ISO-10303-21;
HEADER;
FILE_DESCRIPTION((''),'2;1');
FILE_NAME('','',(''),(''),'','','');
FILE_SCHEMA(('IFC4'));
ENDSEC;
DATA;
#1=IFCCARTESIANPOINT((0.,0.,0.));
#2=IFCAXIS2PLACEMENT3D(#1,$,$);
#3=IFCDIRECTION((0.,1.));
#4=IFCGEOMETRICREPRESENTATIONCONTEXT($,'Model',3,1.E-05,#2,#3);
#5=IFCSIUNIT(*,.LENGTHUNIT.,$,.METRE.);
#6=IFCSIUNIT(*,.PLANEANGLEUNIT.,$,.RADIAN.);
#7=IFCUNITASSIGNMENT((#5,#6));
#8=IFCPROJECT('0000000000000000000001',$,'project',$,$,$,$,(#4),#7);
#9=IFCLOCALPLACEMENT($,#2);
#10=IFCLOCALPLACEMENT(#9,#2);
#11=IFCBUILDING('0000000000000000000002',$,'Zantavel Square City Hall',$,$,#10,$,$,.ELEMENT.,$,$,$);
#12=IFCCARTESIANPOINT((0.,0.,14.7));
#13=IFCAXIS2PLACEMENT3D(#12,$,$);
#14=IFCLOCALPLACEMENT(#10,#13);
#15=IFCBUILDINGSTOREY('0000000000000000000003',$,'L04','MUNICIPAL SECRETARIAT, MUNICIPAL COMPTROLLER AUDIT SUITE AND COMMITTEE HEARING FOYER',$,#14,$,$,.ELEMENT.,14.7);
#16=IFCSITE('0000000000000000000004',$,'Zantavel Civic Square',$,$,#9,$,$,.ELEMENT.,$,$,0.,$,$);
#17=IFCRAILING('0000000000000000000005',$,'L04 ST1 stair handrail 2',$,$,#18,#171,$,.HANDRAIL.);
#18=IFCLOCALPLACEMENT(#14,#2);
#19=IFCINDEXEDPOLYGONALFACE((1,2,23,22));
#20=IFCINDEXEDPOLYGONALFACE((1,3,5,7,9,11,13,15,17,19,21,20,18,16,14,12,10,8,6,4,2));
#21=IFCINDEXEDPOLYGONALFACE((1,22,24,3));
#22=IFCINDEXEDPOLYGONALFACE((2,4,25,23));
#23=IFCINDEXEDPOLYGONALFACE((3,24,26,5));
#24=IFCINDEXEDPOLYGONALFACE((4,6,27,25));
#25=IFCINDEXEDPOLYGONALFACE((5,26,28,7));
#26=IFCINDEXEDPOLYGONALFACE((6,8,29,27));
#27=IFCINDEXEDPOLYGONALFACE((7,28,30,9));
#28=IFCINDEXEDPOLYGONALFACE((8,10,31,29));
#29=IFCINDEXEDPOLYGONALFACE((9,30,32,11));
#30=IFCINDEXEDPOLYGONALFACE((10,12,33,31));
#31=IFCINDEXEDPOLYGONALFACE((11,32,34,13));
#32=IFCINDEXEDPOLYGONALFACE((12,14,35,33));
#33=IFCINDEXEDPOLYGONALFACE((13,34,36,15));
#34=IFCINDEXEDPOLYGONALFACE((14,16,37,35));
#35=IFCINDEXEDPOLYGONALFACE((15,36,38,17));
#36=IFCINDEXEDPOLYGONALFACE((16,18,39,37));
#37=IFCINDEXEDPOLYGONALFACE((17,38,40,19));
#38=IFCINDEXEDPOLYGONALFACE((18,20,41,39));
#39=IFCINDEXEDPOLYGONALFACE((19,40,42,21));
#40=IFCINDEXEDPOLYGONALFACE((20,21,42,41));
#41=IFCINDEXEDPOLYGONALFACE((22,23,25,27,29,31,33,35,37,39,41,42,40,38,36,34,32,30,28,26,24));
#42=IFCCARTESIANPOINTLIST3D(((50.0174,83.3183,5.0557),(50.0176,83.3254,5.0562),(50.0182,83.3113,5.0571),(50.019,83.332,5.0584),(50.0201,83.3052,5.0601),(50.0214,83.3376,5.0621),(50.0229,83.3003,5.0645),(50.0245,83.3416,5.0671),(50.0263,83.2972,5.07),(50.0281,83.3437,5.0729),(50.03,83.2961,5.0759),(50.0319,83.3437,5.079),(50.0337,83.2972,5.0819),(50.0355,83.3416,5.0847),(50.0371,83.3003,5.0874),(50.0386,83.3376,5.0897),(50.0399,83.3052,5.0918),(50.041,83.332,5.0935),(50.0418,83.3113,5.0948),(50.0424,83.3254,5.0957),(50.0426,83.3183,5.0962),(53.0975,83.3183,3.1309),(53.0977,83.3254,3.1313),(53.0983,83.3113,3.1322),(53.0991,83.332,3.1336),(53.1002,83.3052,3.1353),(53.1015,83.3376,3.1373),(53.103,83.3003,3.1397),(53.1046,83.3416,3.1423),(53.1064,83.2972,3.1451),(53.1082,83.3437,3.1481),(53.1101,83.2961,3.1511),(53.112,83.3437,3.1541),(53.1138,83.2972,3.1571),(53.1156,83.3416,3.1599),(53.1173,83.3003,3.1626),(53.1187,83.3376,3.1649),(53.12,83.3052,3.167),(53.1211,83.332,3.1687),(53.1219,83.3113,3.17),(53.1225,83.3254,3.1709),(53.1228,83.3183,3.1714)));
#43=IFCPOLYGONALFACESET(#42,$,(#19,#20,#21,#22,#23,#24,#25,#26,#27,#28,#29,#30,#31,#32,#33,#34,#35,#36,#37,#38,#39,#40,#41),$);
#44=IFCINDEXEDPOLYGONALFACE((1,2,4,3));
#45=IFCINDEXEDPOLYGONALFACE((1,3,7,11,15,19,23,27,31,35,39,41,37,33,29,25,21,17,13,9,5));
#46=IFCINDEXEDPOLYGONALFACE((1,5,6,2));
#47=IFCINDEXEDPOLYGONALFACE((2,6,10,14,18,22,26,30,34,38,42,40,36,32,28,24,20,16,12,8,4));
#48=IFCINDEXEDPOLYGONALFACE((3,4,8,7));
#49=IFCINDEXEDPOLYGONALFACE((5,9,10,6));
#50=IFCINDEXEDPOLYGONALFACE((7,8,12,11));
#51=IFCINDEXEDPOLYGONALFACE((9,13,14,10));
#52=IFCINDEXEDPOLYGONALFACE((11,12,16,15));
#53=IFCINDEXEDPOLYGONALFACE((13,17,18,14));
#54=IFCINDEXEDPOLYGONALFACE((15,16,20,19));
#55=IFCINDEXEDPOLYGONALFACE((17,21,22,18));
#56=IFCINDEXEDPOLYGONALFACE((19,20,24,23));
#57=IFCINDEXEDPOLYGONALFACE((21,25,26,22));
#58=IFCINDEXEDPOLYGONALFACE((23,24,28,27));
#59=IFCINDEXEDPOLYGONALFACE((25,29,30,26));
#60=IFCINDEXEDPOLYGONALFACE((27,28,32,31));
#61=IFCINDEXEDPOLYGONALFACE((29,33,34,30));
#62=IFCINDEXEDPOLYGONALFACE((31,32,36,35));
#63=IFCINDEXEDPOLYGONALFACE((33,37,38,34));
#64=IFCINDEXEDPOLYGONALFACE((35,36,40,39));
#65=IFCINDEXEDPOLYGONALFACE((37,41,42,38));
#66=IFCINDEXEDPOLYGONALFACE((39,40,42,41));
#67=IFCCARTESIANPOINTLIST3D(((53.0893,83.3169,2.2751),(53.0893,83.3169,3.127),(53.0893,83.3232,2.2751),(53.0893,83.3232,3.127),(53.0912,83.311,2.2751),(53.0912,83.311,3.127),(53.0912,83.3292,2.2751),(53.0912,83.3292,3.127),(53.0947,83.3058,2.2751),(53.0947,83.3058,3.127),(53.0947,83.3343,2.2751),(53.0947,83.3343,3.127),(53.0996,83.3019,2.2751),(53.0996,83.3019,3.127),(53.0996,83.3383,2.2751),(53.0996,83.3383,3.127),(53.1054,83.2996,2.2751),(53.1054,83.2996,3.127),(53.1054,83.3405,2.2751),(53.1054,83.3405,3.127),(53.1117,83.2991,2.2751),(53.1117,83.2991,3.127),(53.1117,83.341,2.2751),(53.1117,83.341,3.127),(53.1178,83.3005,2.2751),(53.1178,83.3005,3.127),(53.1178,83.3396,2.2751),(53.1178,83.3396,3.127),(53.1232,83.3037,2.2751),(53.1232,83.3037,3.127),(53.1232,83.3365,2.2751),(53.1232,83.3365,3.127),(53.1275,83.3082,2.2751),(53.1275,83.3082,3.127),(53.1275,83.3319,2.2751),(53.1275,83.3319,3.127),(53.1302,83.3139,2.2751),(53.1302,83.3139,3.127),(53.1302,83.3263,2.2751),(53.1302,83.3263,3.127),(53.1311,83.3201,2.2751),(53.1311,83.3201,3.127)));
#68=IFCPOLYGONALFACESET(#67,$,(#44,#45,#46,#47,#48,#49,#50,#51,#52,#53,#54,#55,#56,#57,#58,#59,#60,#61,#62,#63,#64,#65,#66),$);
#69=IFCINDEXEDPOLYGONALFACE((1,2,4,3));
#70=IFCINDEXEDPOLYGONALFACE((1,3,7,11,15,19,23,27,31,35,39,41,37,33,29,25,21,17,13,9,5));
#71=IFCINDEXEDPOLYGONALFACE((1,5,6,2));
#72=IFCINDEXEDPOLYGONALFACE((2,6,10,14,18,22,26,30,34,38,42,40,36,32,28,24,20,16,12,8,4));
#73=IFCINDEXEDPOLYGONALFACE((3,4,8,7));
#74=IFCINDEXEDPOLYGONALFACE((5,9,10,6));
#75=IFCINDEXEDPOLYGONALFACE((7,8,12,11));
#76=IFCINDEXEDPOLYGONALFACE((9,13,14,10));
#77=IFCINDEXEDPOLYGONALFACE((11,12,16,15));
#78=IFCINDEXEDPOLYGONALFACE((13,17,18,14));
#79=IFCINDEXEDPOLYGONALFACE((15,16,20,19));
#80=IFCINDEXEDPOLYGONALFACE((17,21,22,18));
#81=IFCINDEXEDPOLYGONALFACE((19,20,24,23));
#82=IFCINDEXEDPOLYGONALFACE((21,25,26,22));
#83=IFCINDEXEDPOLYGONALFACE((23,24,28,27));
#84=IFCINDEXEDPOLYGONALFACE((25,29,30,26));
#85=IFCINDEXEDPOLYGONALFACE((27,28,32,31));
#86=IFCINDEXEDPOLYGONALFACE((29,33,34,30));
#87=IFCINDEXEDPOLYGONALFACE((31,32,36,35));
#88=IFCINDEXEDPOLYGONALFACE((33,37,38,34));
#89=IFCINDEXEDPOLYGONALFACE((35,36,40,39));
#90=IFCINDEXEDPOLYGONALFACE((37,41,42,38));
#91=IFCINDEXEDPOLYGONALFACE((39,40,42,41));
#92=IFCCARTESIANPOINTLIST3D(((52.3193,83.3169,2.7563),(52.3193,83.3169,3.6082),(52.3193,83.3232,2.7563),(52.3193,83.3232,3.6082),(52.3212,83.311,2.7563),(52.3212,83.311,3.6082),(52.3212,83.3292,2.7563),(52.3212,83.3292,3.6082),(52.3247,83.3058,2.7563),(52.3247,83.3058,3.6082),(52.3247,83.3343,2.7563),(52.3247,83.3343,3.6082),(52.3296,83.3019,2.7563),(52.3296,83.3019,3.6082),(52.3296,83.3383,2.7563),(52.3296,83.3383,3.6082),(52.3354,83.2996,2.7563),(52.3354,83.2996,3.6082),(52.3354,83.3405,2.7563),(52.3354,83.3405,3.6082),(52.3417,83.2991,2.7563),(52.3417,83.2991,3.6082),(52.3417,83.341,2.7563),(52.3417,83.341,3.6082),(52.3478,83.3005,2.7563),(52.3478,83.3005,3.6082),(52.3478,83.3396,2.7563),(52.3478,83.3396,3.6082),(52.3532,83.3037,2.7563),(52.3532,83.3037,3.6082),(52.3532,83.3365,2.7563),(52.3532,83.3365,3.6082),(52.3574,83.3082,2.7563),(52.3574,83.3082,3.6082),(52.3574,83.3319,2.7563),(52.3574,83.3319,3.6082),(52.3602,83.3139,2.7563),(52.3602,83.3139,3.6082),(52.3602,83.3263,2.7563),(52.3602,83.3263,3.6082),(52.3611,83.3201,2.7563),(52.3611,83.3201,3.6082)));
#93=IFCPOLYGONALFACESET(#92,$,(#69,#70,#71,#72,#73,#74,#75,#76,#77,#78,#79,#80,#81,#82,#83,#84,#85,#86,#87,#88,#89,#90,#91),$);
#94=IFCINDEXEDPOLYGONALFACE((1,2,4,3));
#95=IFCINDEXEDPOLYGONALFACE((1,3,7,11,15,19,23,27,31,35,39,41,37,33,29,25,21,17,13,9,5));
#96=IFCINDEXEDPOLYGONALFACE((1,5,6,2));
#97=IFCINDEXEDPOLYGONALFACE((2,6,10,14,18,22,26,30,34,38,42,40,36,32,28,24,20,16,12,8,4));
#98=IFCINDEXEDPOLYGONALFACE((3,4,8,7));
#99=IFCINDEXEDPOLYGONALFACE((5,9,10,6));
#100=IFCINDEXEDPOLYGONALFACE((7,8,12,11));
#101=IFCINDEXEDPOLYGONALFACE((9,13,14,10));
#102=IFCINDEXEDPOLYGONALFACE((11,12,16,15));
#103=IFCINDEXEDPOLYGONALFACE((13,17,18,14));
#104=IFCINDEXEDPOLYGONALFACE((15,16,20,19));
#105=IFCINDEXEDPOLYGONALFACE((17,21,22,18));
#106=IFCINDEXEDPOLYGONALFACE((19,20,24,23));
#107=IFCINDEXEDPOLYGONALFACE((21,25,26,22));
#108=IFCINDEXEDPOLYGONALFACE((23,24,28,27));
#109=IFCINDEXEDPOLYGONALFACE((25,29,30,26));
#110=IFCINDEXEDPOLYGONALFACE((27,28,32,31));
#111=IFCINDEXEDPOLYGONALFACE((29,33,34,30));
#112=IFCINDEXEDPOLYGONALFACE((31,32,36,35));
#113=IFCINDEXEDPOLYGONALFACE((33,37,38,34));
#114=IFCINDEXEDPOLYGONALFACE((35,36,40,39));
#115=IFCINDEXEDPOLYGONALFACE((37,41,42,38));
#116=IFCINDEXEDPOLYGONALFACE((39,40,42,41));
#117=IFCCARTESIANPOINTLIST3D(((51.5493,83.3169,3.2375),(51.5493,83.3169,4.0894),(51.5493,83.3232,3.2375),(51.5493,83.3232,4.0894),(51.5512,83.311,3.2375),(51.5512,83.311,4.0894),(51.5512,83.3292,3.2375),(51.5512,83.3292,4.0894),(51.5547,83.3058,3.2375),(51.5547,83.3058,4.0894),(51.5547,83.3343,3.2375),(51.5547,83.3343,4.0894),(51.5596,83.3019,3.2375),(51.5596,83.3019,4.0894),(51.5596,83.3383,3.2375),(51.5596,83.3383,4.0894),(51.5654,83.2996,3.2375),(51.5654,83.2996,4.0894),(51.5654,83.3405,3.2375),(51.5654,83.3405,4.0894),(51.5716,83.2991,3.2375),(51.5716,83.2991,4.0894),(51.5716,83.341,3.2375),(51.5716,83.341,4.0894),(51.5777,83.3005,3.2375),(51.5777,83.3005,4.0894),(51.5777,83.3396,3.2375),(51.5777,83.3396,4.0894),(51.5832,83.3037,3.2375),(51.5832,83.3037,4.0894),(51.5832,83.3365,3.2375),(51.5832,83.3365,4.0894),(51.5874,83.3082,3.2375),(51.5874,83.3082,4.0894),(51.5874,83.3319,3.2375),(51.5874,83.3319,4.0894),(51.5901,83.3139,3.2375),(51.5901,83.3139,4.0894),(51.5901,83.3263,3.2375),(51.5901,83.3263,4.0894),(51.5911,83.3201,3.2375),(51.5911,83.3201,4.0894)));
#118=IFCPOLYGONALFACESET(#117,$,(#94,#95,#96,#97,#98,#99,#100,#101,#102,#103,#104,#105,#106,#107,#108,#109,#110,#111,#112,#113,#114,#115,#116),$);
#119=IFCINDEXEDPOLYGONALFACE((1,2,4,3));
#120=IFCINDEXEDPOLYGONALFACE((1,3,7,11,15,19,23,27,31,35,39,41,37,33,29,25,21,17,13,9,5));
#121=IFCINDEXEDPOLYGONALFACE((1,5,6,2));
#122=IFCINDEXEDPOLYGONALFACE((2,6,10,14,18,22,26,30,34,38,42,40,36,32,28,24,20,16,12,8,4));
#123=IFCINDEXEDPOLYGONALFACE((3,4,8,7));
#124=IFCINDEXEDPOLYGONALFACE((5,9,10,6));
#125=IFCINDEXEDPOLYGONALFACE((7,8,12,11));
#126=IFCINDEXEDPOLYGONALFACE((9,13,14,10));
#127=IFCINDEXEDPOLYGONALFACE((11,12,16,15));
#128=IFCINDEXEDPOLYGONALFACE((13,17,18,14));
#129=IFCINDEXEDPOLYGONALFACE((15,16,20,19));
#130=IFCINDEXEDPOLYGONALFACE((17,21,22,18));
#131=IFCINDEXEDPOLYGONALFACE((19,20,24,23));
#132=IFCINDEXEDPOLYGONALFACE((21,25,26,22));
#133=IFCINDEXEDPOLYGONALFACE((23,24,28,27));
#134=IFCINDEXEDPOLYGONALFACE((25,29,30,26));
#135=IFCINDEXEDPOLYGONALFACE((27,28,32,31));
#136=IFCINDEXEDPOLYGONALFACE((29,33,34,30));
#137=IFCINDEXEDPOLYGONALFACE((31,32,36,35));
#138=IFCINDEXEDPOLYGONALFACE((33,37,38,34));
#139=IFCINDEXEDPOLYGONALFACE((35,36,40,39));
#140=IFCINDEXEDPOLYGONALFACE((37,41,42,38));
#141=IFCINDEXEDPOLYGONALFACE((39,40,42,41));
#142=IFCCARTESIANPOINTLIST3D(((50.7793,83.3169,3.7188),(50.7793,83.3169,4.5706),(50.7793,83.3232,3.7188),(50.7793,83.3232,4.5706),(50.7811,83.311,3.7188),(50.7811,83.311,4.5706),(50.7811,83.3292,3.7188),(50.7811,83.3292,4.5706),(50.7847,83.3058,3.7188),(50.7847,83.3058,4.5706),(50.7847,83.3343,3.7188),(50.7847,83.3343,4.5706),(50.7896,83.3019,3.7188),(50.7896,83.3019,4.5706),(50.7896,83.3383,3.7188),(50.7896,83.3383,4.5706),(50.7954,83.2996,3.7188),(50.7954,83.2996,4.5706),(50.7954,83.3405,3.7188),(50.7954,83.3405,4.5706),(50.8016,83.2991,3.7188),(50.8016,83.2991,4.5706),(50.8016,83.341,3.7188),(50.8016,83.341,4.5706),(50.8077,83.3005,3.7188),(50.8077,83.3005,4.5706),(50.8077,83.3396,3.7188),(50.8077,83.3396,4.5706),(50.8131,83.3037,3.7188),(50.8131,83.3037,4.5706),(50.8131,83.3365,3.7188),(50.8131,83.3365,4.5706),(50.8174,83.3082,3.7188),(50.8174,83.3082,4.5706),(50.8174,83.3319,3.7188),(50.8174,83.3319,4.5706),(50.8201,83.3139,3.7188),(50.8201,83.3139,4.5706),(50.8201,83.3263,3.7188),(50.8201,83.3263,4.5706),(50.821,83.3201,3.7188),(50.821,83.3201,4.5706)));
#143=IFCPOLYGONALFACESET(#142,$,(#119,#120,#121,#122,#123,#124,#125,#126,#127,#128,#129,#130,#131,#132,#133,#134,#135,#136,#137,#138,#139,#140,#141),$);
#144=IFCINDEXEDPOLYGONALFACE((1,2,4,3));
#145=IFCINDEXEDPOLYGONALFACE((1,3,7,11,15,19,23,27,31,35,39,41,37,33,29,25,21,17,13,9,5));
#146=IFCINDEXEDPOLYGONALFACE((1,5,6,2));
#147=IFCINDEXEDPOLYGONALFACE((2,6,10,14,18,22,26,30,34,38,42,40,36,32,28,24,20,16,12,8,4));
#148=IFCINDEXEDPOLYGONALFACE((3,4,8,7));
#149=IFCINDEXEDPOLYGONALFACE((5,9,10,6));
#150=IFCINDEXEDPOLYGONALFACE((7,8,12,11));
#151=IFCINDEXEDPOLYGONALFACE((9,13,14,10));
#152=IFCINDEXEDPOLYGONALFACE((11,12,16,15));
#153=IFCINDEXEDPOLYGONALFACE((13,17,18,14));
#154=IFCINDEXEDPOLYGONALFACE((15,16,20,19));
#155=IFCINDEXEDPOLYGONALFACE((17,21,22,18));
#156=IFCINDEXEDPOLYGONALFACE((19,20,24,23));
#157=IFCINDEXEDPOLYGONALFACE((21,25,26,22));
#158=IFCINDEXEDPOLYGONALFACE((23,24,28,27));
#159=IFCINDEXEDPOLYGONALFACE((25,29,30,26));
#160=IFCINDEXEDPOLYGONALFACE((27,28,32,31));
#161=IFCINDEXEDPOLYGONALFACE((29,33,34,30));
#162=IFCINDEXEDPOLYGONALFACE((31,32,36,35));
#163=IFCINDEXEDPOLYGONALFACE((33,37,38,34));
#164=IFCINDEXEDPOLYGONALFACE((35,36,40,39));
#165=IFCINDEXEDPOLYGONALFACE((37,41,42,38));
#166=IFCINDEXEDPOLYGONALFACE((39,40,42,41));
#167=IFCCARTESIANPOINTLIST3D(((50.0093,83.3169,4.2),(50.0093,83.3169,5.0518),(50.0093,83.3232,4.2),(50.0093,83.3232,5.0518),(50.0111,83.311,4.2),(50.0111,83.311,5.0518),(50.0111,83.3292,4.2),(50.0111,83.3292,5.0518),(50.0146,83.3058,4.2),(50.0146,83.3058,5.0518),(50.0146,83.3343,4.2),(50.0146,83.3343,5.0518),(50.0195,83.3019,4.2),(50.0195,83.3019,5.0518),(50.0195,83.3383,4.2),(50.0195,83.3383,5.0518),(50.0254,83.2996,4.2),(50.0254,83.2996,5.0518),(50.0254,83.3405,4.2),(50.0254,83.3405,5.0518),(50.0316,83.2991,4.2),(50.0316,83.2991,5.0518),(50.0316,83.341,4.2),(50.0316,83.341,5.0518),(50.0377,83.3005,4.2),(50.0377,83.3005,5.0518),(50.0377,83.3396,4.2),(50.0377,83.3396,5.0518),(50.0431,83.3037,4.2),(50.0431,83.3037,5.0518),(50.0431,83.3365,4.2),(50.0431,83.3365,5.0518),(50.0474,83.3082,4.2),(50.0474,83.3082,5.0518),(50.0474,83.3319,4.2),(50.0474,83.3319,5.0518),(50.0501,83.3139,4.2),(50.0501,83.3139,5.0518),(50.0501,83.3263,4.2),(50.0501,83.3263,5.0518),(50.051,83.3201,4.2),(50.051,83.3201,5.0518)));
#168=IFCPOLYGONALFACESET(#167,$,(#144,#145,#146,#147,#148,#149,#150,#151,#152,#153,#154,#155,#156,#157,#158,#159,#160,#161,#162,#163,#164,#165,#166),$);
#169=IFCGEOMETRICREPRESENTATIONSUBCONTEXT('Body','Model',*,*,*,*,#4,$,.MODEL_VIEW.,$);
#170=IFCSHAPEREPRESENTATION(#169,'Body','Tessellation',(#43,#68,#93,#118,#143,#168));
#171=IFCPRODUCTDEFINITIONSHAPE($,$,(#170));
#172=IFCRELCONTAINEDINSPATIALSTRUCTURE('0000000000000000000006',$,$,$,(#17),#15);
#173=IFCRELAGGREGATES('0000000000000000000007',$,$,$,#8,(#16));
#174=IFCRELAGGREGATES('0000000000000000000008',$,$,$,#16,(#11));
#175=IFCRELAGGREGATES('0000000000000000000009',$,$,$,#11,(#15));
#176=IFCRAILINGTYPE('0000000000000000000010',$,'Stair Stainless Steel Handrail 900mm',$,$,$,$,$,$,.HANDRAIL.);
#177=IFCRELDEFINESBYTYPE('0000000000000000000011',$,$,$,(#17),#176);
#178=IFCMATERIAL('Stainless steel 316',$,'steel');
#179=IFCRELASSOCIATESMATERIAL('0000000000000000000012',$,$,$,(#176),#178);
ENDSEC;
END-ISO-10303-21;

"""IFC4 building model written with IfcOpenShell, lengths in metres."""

from ifc_helpers import new_model, si_unit, direction, frame, origin, origin_2d, place, context, subcontext, project, spatial, circle, extrude, material, type_object, element, save


model = new_model("IFC4")

# Units and contexts
model_context = context("Model", 3, precision=1e-05, world=origin(), true_north=direction((0.0, 1.0)))
body_context = subcontext(model_context, "Body", "Model", "MODEL_VIEW")
ifc_project = project(units=[si_unit("LENGTHUNIT", "METRE"), si_unit("PLANEANGLEUNIT", "RADIAN")], contexts=[model_context])

# Site, building, storey
site_placement = place(None, origin())
site = spatial("IfcSite", under=ifc_project, at=site_placement, Name="Zantavel Civic Square", CompositionType="ELEMENT", RefElevation=0.0)
building_placement = place(site_placement, origin())
building = spatial("IfcBuilding", under=site, at=building_placement, Name="Zantavel Square City Hall", CompositionType="ELEMENT")
storey_placement = place(building_placement, frame((0.0, 0.0, 14.7)))
storey = spatial("IfcBuildingStorey", under=building, at=storey_placement, Name="L04", Description="MUNICIPAL SECRETARIAT, MUNICIPAL COMPTROLLER AUDIT SUITE AND COMMITTEE HEARING FOYER", CompositionType="ELEMENT", Elevation=14.7)

# Railing
ifc_material_1 = material(Name="Stainless steel 316", Category="steel")
railing_type_1 = type_object("IfcRailingType", Name="Stair Stainless Steel Handrail 900mm", PredefinedType="HANDRAIL", material=ifc_material_1)
railing_1_placement = place(storey_placement, frame((53.1101, 83.3201, 2.2751)))
element("IfcRailing", 1, at=railing_1_placement, inside=storey, type_object=railing_type_1, Name="L04 ST1 stair handrail 2", PredefinedType="HANDRAIL", context=body_context, shape_type="SweptSolid", body=[
    extrude(circle(Radius=0.0239, at=origin_2d()), frame((0.0, 0.0, 0.876), z_axis=(-0.848029, 0.0, 0.529951), x_axis=(0.0, -1.0, 0.0)), (0.0, 0.0, 1.0), 3.6321),
    extrude(circle(Radius=0.021, at=origin_2d()), origin(), (0.0, 0.0, 1.0), 0.8518),
    extrude(circle(Radius=0.021, at=origin_2d()), frame((-0.77, 0.0, 0.4812)), (0.0, 0.0, 1.0), 0.8518),
    extrude(circle(Radius=0.021, at=origin_2d()), frame((-1.54, 0.0, 0.9624)), (0.0, 0.0, 1.0), 0.8518),
    extrude(circle(Radius=0.021, at=origin_2d()), frame((-2.3101, 0.0, 1.4436)), (0.0, 0.0, 1.0), 0.8518),
    extrude(circle(Radius=0.021, at=origin_2d()), frame((-3.0801, 0.0, 1.9248)), (0.0, 0.0, 1.0), 0.8518),
])

save(model, "model.ifc")
